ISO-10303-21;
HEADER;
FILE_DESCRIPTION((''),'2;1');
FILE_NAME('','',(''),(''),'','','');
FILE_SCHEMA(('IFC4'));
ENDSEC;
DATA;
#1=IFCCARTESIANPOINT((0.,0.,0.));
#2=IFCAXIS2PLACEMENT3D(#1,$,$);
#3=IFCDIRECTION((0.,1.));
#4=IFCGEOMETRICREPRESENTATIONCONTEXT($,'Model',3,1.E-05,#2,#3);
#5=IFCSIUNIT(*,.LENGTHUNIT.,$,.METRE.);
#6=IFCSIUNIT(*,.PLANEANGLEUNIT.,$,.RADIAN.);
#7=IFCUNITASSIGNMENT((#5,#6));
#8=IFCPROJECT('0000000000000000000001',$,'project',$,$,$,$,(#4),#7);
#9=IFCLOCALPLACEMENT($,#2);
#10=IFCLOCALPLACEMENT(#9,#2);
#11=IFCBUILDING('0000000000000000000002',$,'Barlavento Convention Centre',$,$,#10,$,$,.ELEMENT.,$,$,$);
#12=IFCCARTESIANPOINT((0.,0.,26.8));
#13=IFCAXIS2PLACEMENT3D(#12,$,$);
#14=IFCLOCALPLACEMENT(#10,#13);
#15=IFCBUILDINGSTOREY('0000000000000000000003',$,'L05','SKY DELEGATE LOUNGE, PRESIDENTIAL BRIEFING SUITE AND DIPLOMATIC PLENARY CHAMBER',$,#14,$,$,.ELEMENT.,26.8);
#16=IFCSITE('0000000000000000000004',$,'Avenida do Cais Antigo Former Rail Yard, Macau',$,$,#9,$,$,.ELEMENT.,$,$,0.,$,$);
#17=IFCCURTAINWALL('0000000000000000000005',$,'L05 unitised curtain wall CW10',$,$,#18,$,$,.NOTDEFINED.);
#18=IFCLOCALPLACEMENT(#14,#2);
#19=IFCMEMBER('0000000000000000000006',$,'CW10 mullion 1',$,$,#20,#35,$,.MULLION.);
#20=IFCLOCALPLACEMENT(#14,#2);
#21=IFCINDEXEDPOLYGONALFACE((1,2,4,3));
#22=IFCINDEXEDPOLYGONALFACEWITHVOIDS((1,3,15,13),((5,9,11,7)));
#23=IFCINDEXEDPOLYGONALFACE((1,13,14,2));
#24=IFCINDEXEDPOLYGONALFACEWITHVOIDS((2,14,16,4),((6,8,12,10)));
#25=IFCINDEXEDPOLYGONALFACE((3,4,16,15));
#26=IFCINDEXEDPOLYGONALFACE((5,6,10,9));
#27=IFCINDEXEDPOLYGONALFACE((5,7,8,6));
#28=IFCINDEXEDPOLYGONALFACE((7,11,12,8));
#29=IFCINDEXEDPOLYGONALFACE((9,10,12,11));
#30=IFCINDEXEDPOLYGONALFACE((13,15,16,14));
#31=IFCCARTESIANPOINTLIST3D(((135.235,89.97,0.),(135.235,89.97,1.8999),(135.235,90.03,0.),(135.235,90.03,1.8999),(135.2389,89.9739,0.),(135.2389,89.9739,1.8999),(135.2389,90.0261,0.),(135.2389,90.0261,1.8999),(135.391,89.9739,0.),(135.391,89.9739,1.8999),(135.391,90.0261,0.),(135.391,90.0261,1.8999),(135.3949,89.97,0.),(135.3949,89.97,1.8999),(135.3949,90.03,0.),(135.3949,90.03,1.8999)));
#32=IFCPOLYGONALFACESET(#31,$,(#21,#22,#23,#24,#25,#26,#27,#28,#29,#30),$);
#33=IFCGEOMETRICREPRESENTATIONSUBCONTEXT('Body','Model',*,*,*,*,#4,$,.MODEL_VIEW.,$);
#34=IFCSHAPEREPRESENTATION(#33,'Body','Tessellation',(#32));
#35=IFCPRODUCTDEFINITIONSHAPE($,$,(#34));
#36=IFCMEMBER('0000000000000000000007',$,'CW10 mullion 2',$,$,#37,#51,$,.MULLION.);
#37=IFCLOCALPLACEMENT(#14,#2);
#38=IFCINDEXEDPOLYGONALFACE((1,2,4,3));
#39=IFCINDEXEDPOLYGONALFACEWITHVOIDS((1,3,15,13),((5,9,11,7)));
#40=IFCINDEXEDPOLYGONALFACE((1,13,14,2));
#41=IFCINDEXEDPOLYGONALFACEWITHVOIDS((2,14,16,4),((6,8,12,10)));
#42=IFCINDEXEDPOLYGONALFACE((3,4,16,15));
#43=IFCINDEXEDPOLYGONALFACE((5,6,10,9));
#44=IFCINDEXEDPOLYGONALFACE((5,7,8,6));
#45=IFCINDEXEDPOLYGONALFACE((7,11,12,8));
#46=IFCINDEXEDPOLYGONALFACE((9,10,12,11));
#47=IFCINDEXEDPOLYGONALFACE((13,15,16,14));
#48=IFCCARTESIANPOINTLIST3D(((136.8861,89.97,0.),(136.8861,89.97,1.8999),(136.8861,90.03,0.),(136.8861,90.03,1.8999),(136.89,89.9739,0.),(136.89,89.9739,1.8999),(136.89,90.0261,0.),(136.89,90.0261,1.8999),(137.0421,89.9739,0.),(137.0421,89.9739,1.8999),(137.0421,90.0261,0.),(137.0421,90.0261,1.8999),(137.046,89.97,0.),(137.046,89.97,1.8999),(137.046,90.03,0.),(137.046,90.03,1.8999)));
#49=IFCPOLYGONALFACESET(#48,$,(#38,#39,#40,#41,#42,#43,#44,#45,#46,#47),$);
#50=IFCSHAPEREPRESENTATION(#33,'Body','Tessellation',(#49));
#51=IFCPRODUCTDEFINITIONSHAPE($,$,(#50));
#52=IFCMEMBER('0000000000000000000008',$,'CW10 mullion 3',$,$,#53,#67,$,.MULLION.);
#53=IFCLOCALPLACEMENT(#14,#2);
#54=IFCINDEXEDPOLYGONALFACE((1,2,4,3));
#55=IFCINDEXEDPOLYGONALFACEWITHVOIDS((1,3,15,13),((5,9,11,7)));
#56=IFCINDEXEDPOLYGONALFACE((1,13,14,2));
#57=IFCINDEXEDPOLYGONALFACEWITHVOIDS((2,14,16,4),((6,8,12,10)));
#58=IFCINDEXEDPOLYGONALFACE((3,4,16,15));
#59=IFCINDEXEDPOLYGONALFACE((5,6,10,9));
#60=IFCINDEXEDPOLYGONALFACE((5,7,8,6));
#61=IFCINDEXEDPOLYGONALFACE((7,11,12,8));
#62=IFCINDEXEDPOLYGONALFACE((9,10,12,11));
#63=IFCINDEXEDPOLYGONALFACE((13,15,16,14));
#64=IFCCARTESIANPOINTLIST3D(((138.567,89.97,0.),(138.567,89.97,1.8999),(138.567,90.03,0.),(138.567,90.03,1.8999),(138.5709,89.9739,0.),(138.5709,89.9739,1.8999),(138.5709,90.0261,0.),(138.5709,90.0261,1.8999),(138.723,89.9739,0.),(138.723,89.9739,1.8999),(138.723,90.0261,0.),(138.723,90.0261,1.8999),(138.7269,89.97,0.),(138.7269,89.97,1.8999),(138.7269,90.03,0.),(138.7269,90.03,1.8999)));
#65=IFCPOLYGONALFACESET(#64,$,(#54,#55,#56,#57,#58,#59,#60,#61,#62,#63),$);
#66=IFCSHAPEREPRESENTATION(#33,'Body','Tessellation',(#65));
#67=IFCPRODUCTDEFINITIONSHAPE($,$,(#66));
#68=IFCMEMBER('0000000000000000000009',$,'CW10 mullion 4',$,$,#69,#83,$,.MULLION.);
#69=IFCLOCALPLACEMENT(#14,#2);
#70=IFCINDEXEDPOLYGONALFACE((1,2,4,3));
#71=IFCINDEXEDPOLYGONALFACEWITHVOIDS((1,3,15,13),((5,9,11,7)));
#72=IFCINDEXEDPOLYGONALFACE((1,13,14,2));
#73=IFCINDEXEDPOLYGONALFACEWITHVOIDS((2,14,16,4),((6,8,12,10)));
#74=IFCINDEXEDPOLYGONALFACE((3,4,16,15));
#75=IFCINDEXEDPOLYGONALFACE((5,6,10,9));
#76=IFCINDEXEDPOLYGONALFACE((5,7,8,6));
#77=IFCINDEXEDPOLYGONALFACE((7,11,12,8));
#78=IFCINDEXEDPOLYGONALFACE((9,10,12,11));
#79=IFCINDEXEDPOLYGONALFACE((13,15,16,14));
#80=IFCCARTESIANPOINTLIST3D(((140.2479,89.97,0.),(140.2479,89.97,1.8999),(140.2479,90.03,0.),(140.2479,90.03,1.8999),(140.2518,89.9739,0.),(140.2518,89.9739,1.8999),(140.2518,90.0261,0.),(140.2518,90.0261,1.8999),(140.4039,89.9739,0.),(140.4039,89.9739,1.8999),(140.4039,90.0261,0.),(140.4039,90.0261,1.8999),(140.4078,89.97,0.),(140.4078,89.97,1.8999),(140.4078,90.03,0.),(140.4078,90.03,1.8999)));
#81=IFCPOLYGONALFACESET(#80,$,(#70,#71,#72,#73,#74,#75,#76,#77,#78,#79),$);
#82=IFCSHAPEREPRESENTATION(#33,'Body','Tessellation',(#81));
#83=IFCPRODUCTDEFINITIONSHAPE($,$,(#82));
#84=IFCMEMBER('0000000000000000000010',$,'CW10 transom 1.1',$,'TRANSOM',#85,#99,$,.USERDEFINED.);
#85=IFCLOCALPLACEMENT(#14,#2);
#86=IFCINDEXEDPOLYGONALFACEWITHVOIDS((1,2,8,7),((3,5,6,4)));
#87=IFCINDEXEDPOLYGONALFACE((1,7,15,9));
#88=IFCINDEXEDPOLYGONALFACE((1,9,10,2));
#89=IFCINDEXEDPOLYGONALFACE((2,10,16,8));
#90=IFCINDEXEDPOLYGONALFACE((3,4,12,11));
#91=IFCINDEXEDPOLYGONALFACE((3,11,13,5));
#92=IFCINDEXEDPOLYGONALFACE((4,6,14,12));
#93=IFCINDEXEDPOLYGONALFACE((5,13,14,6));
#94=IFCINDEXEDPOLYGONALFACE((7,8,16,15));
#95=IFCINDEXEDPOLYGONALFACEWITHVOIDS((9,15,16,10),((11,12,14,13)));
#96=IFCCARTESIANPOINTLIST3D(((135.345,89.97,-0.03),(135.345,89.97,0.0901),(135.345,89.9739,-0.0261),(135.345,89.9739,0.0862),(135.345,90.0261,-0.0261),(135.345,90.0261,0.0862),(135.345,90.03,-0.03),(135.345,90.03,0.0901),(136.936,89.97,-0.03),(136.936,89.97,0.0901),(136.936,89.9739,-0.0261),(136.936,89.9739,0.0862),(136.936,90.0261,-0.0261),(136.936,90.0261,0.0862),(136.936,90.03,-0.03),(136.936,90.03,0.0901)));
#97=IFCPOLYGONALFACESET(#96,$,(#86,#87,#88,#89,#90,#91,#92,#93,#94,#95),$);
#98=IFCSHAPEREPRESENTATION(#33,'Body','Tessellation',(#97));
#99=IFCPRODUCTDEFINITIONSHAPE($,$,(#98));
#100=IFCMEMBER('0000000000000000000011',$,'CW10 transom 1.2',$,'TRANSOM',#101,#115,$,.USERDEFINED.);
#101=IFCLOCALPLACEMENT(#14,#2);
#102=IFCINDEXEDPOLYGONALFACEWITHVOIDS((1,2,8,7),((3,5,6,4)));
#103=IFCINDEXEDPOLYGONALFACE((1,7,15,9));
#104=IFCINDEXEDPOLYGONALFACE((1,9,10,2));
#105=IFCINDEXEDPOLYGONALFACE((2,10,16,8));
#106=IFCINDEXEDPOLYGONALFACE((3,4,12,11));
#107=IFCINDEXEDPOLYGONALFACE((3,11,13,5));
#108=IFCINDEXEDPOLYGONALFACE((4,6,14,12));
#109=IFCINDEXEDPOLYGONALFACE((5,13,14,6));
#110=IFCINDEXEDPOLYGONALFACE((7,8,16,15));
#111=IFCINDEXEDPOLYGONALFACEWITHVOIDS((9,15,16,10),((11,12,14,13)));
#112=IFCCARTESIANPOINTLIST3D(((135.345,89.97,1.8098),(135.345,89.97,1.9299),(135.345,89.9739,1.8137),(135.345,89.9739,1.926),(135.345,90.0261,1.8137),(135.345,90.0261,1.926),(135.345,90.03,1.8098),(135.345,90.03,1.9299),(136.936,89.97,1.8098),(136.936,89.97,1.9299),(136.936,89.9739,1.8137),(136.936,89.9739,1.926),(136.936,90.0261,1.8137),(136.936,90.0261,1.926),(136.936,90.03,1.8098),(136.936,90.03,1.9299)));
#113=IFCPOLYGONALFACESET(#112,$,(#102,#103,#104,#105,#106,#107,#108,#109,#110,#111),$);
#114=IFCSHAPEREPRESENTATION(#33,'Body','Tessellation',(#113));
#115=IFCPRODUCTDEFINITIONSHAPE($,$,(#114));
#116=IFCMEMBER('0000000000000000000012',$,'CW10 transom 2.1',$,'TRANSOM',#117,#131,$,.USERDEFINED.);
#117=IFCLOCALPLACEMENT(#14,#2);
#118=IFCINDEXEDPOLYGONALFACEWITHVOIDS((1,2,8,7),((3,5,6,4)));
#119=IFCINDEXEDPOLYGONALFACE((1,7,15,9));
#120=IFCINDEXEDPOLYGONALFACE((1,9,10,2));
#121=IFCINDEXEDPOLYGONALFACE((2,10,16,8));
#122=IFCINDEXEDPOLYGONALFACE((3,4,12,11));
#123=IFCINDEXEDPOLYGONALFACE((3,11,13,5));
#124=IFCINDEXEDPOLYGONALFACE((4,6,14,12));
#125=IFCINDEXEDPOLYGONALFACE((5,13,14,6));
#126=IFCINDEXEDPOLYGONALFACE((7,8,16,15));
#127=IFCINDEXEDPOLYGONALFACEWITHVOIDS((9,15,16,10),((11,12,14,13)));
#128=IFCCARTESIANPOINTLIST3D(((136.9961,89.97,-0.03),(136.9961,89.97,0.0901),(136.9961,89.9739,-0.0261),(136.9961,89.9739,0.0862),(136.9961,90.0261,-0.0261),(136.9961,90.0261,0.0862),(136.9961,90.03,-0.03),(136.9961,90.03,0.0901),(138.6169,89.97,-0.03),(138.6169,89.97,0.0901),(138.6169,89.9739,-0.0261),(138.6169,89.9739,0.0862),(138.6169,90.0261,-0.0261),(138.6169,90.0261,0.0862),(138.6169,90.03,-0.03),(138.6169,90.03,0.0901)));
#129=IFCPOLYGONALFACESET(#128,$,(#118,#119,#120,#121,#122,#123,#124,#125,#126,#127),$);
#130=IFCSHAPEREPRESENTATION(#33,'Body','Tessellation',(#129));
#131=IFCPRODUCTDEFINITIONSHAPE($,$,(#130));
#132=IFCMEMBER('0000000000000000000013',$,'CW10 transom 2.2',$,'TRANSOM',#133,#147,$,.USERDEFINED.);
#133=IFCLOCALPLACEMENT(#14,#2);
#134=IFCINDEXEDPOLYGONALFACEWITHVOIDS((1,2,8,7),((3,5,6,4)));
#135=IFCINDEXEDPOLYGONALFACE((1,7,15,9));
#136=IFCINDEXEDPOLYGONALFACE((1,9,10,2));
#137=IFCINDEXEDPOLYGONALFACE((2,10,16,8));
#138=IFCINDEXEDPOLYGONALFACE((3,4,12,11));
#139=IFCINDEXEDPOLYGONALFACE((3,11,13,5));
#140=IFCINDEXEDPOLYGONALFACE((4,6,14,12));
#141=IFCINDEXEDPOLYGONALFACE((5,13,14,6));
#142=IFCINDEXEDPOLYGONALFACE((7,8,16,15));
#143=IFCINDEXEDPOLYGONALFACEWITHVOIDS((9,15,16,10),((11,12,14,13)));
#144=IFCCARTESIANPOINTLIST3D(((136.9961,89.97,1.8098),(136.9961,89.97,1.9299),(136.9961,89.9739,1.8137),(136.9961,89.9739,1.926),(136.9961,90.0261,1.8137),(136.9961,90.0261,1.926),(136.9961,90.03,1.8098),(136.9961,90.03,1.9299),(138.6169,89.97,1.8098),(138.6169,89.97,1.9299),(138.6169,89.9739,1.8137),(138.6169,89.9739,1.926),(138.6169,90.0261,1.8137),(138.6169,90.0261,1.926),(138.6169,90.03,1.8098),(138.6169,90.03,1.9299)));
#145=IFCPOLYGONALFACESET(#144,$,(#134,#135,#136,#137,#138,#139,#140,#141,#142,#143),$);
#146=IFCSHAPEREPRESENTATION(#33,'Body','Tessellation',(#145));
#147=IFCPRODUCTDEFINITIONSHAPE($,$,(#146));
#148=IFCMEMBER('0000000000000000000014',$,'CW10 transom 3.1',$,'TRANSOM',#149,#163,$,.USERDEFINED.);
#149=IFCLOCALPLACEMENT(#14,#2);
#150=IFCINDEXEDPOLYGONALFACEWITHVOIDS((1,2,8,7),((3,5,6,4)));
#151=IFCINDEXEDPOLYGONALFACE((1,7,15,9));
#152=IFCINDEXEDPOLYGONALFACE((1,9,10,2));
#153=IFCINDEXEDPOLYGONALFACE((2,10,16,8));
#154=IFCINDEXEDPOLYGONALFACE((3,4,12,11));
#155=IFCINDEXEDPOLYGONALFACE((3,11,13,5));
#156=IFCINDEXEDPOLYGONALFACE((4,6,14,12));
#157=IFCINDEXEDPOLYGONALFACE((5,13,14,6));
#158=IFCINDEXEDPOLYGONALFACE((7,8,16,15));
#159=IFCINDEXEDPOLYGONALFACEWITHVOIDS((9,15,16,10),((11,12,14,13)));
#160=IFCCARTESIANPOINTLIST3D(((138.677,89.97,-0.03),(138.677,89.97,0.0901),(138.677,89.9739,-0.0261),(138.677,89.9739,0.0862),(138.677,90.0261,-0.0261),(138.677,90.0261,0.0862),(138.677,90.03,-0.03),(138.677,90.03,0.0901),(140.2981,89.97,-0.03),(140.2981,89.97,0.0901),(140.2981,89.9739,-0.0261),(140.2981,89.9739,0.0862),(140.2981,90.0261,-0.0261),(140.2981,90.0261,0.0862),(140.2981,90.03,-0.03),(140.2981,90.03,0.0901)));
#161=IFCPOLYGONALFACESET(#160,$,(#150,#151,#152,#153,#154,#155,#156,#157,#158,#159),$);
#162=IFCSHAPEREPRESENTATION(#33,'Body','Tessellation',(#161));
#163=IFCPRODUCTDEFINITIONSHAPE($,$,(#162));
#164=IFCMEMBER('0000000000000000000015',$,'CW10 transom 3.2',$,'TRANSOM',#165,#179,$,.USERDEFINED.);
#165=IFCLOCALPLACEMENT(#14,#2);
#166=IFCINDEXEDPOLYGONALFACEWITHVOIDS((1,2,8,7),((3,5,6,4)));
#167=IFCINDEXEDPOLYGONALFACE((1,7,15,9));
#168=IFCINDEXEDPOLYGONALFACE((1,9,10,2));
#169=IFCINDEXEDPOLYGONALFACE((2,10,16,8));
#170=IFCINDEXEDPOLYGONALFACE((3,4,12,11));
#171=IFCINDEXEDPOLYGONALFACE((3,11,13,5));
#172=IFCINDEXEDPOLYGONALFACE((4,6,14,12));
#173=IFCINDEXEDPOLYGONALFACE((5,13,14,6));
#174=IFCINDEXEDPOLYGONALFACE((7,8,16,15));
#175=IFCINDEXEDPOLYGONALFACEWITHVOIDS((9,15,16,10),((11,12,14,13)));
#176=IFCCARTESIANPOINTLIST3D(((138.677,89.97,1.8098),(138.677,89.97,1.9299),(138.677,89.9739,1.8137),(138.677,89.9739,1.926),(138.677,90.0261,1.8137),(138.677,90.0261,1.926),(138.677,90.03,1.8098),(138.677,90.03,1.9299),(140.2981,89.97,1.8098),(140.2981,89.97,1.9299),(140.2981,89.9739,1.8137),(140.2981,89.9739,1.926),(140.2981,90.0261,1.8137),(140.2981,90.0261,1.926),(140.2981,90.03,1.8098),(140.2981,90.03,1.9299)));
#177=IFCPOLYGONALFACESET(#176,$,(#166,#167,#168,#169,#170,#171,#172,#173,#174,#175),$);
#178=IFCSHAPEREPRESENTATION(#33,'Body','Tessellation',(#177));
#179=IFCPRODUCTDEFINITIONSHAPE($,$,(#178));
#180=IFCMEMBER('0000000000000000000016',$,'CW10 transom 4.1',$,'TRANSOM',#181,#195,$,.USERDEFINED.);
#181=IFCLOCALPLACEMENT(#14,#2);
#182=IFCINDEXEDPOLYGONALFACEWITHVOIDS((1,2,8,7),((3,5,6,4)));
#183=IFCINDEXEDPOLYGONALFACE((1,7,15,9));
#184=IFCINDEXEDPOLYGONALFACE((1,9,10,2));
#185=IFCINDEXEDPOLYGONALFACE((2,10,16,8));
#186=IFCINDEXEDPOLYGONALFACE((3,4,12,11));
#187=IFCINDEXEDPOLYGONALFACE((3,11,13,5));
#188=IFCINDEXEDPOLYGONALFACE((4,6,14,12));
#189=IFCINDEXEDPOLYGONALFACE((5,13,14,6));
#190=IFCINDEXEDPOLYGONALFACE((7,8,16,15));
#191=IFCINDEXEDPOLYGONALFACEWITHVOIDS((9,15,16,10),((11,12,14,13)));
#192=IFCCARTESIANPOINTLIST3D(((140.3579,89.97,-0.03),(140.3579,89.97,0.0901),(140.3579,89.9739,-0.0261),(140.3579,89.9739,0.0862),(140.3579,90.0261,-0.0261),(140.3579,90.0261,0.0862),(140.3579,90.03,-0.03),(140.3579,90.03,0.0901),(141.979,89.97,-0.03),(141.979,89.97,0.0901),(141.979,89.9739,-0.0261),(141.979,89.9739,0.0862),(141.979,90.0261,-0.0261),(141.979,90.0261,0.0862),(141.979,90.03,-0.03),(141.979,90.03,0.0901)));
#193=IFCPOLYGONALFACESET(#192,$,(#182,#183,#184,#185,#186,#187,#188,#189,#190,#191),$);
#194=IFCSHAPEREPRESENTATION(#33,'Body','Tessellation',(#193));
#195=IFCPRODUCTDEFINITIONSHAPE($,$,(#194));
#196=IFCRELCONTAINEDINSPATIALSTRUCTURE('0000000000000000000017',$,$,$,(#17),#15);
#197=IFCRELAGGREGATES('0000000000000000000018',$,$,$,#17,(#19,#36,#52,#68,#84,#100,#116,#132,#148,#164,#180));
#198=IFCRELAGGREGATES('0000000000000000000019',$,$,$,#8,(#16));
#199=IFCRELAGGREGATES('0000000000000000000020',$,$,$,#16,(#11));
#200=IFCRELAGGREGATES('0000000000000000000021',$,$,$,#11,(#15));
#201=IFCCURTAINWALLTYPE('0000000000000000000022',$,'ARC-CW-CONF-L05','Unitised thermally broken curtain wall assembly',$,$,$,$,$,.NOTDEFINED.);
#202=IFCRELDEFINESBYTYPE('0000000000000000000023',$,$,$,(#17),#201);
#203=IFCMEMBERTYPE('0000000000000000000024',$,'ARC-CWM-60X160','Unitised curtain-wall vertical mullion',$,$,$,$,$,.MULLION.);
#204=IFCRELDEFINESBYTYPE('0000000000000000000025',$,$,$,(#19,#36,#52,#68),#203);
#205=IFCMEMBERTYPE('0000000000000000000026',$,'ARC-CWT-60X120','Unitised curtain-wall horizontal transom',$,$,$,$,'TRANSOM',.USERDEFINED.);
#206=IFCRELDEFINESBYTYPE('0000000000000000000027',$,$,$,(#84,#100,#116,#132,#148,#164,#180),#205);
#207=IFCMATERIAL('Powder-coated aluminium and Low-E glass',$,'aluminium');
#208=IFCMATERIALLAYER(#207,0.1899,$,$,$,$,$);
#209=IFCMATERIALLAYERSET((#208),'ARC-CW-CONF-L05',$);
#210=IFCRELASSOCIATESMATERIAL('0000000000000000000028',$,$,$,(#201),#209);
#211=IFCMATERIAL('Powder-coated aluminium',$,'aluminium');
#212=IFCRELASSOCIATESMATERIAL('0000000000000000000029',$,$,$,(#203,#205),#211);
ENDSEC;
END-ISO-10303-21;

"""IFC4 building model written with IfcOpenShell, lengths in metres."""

from ifc_helpers import new_model, si_unit, direction, frame, origin, origin_2d, place, context, subcontext, project, spatial, hollow_rectangle, extrude, material, layer, layer_set, material_profile, profile_set, type_object, element, aggregate, save


model = new_model("IFC4")

# Units and contexts
model_context = context("Model", 3, precision=1e-05, world=origin(), true_north=direction((0.0, 1.0)))
body_context = subcontext(model_context, "Body", "Model", "MODEL_VIEW")
ifc_project = project(units=[si_unit("LENGTHUNIT", "METRE"), si_unit("PLANEANGLEUNIT", "RADIAN")], contexts=[model_context])

# Site, building, storey
site_placement = place(None, origin())
site = spatial("IfcSite", under=ifc_project, at=site_placement, Name="Avenida do Cais Antigo Former Rail Yard, Macau", CompositionType="ELEMENT", RefElevation=0.0)
building_placement = place(site_placement, origin())
building = spatial("IfcBuilding", under=site, at=building_placement, Name="Barlavento Convention Centre", CompositionType="ELEMENT")
storey_placement = place(building_placement, frame((0.0, 0.0, 26.8)))
storey = spatial("IfcBuildingStorey", under=building, at=storey_placement, Name="L05", Description="SKY DELEGATE LOUNGE, PRESIDENTIAL BRIEFING SUITE AND DIPLOMATIC PLENARY CHAMBER", CompositionType="ELEMENT", Elevation=26.8)

# Curtain wall, members
ifc_material_1 = material(Name="Powder-coated aluminium and Low-E glass", Category="aluminium")
ifc_layer_1 = layer(ifc_material_1, 0.1899)
ifc_layer_set_1 = layer_set([ifc_layer_1], Name="ARC-CW-CONF-L05")
curtain_wall_type = type_object("IfcCurtainWallType", Name="ARC-CW-CONF-L05", Description="Unitised thermally broken curtain wall assembly", PredefinedType="NOTDEFINED", material=ifc_layer_set_1)
curtain_wall_placement = place(storey_placement, origin())
curtain_wall = element("IfcCurtainWall", 1, at=curtain_wall_placement, inside=storey, type_object=curtain_wall_type, Name="L05 unitised curtain wall CW10", PredefinedType="NOTDEFINED")
ifc_material_2 = material(Name="Powder-coated aluminium", Category="aluminium")
ifc_material_profile_1 = material_profile(ifc_material_2, hollow_rectangle(XDim=0.0601, YDim=0.1599, WallThickness=0.0039, at=origin_2d()), Name="AL-MULL 60x160x4")
ifc_profile_set_1 = profile_set([ifc_material_profile_1], Name="Powder-coated aluminium")
member_type_1 = type_object("IfcMemberType", Name="ARC-CWM-60X160", Description="Unitised curtain-wall vertical mullion", PredefinedType="MULLION", material=ifc_profile_set_1)
member_1_placement = place(storey_placement, frame((135.3149, 90.0, 0.0), z_axis=(0.0, 0.0, 1.0), x_axis=(0.0, 1.0, 0.0)))
member_1 = element("IfcMember", 2, at=member_1_placement, type_object=member_type_1, Name="CW10 mullion 1", PredefinedType="MULLION", context=body_context, shape_type="SweptSolid", body=[
    extrude(hollow_rectangle(XDim=0.0601, YDim=0.1599, WallThickness=0.0039, at=origin_2d()), origin(), (0.0, 0.0, 1.0), 1.8999),
])
member_2_placement = place(storey_placement, frame((136.9661, 90.0, 0.0), z_axis=(0.0, 0.0, 1.0), x_axis=(0.0, 1.0, 0.0)))
member_2 = element("IfcMember", 3, at=member_2_placement, type_object=member_type_1, Name="CW10 mullion 2", PredefinedType="MULLION", context=body_context, shape_type="SweptSolid", body=[
    extrude(hollow_rectangle(XDim=0.0601, YDim=0.1599, WallThickness=0.0039, at=origin_2d()), origin(), (0.0, 0.0, 1.0), 1.8999),
])
member_3_placement = place(storey_placement, frame((138.647, 90.0, 0.0), z_axis=(0.0, 0.0, 1.0), x_axis=(0.0, 1.0, 0.0)))
member_3 = element("IfcMember", 4, at=member_3_placement, type_object=member_type_1, Name="CW10 mullion 3", PredefinedType="MULLION", context=body_context, shape_type="SweptSolid", body=[
    extrude(hollow_rectangle(XDim=0.0601, YDim=0.1599, WallThickness=0.0039, at=origin_2d()), origin(), (0.0, 0.0, 1.0), 1.8999),
])
member_4_placement = place(storey_placement, frame((140.3279, 90.0, 0.0), z_axis=(0.0, 0.0, 1.0), x_axis=(0.0, 1.0, 0.0)))
member_4 = element("IfcMember", 5, at=member_4_placement, type_object=member_type_1, Name="CW10 mullion 4", PredefinedType="MULLION", context=body_context, shape_type="SweptSolid", body=[
    extrude(hollow_rectangle(XDim=0.0601, YDim=0.1599, WallThickness=0.0039, at=origin_2d()), origin(), (0.0, 0.0, 1.0), 1.8999),
])
ifc_material_profile_2 = material_profile(ifc_material_2, hollow_rectangle(XDim=0.0601, YDim=0.1201, WallThickness=0.0039, at=origin_2d()), Name="AL-TRAN 60x120x4")
ifc_profile_set_2 = profile_set([ifc_material_profile_2], Name="Powder-coated aluminium")
member_type_2 = type_object("IfcMemberType", Name="ARC-CWT-60X120", Description="Unitised curtain-wall horizontal transom", ElementType="TRANSOM", PredefinedType="USERDEFINED", material=ifc_profile_set_2)
member_5_placement = place(storey_placement, frame((135.345, 90.0, 0.03), z_axis=(1.0, 0.0, 0.0), x_axis=(0.0, 1.0, 0.0)))
member_5 = element("IfcMember", 6, at=member_5_placement, type_object=member_type_2, Name="CW10 transom 1.1", ObjectType="TRANSOM", PredefinedType="USERDEFINED", context=body_context, shape_type="SweptSolid", body=[
    extrude(hollow_rectangle(XDim=0.0601, YDim=0.1201, WallThickness=0.0039, at=origin_2d()), origin(), (0.0, 0.0, 1.0), 1.5911),
])
member_6_placement = place(storey_placement, frame((135.345, 90.0, 1.8699), z_axis=(1.0, 0.0, 0.0), x_axis=(0.0, 1.0, 0.0)))
member_6 = element("IfcMember", 7, at=member_6_placement, type_object=member_type_2, Name="CW10 transom 1.2", ObjectType="TRANSOM", PredefinedType="USERDEFINED", context=body_context, shape_type="SweptSolid", body=[
    extrude(hollow_rectangle(XDim=0.0601, YDim=0.1201, WallThickness=0.0039, at=origin_2d()), origin(), (0.0, 0.0, 1.0), 1.5911),
])
member_7_placement = place(storey_placement, frame((136.9961, 90.0, 0.03), z_axis=(1.0, 0.0, 0.0), x_axis=(0.0, 1.0, 0.0)))
member_7 = element("IfcMember", 8, at=member_7_placement, type_object=member_type_2, Name="CW10 transom 2.1", ObjectType="TRANSOM", PredefinedType="USERDEFINED", context=body_context, shape_type="SweptSolid", body=[
    extrude(hollow_rectangle(XDim=0.0601, YDim=0.1201, WallThickness=0.0039, at=origin_2d()), origin(), (0.0, 0.0, 1.0), 1.6208),
])
member_8_placement = place(storey_placement, frame((136.9961, 90.0, 1.8699), z_axis=(1.0, 0.0, 0.0), x_axis=(0.0, 1.0, 0.0)))
member_8 = element("IfcMember", 9, at=member_8_placement, type_object=member_type_2, Name="CW10 transom 2.2", ObjectType="TRANSOM", PredefinedType="USERDEFINED", context=body_context, shape_type="SweptSolid", body=[
    extrude(hollow_rectangle(XDim=0.0601, YDim=0.1201, WallThickness=0.0039, at=origin_2d()), origin(), (0.0, 0.0, 1.0), 1.6208),
])
member_9_placement = place(storey_placement, frame((138.677, 90.0, 0.03), z_axis=(1.0, 0.0, 0.0), x_axis=(0.0, 1.0, 0.0)))
member_9 = element("IfcMember", 10, at=member_9_placement, type_object=member_type_2, Name="CW10 transom 3.1", ObjectType="TRANSOM", PredefinedType="USERDEFINED", context=body_context, shape_type="SweptSolid", body=[
    extrude(hollow_rectangle(XDim=0.0601, YDim=0.1201, WallThickness=0.0039, at=origin_2d()), origin(), (0.0, 0.0, 1.0), 1.6211),
])
member_10_placement = place(storey_placement, frame((138.677, 90.0, 1.8699), z_axis=(1.0, 0.0, 0.0), x_axis=(0.0, 1.0, 0.0)))
member_10 = element("IfcMember", 11, at=member_10_placement, type_object=member_type_2, Name="CW10 transom 3.2", ObjectType="TRANSOM", PredefinedType="USERDEFINED", context=body_context, shape_type="SweptSolid", body=[
    extrude(hollow_rectangle(XDim=0.0601, YDim=0.1201, WallThickness=0.0039, at=origin_2d()), origin(), (0.0, 0.0, 1.0), 1.6211),
])
member_11_placement = place(storey_placement, frame((140.3579, 90.0, 0.03), z_axis=(1.0, 0.0, 0.0), x_axis=(0.0, 1.0, 0.0)))
member_11 = element("IfcMember", 12, at=member_11_placement, type_object=member_type_2, Name="CW10 transom 4.1", ObjectType="TRANSOM", PredefinedType="USERDEFINED", context=body_context, shape_type="SweptSolid", body=[
    extrude(hollow_rectangle(XDim=0.0601, YDim=0.1201, WallThickness=0.0039, at=origin_2d()), origin(), (0.0, 0.0, 1.0), 1.6211),
])

aggregate(curtain_wall, [member_1, member_2, member_3, member_4, member_5, member_6, member_7, member_8, member_9, member_10, member_11])

save(model, "model.ifc")
